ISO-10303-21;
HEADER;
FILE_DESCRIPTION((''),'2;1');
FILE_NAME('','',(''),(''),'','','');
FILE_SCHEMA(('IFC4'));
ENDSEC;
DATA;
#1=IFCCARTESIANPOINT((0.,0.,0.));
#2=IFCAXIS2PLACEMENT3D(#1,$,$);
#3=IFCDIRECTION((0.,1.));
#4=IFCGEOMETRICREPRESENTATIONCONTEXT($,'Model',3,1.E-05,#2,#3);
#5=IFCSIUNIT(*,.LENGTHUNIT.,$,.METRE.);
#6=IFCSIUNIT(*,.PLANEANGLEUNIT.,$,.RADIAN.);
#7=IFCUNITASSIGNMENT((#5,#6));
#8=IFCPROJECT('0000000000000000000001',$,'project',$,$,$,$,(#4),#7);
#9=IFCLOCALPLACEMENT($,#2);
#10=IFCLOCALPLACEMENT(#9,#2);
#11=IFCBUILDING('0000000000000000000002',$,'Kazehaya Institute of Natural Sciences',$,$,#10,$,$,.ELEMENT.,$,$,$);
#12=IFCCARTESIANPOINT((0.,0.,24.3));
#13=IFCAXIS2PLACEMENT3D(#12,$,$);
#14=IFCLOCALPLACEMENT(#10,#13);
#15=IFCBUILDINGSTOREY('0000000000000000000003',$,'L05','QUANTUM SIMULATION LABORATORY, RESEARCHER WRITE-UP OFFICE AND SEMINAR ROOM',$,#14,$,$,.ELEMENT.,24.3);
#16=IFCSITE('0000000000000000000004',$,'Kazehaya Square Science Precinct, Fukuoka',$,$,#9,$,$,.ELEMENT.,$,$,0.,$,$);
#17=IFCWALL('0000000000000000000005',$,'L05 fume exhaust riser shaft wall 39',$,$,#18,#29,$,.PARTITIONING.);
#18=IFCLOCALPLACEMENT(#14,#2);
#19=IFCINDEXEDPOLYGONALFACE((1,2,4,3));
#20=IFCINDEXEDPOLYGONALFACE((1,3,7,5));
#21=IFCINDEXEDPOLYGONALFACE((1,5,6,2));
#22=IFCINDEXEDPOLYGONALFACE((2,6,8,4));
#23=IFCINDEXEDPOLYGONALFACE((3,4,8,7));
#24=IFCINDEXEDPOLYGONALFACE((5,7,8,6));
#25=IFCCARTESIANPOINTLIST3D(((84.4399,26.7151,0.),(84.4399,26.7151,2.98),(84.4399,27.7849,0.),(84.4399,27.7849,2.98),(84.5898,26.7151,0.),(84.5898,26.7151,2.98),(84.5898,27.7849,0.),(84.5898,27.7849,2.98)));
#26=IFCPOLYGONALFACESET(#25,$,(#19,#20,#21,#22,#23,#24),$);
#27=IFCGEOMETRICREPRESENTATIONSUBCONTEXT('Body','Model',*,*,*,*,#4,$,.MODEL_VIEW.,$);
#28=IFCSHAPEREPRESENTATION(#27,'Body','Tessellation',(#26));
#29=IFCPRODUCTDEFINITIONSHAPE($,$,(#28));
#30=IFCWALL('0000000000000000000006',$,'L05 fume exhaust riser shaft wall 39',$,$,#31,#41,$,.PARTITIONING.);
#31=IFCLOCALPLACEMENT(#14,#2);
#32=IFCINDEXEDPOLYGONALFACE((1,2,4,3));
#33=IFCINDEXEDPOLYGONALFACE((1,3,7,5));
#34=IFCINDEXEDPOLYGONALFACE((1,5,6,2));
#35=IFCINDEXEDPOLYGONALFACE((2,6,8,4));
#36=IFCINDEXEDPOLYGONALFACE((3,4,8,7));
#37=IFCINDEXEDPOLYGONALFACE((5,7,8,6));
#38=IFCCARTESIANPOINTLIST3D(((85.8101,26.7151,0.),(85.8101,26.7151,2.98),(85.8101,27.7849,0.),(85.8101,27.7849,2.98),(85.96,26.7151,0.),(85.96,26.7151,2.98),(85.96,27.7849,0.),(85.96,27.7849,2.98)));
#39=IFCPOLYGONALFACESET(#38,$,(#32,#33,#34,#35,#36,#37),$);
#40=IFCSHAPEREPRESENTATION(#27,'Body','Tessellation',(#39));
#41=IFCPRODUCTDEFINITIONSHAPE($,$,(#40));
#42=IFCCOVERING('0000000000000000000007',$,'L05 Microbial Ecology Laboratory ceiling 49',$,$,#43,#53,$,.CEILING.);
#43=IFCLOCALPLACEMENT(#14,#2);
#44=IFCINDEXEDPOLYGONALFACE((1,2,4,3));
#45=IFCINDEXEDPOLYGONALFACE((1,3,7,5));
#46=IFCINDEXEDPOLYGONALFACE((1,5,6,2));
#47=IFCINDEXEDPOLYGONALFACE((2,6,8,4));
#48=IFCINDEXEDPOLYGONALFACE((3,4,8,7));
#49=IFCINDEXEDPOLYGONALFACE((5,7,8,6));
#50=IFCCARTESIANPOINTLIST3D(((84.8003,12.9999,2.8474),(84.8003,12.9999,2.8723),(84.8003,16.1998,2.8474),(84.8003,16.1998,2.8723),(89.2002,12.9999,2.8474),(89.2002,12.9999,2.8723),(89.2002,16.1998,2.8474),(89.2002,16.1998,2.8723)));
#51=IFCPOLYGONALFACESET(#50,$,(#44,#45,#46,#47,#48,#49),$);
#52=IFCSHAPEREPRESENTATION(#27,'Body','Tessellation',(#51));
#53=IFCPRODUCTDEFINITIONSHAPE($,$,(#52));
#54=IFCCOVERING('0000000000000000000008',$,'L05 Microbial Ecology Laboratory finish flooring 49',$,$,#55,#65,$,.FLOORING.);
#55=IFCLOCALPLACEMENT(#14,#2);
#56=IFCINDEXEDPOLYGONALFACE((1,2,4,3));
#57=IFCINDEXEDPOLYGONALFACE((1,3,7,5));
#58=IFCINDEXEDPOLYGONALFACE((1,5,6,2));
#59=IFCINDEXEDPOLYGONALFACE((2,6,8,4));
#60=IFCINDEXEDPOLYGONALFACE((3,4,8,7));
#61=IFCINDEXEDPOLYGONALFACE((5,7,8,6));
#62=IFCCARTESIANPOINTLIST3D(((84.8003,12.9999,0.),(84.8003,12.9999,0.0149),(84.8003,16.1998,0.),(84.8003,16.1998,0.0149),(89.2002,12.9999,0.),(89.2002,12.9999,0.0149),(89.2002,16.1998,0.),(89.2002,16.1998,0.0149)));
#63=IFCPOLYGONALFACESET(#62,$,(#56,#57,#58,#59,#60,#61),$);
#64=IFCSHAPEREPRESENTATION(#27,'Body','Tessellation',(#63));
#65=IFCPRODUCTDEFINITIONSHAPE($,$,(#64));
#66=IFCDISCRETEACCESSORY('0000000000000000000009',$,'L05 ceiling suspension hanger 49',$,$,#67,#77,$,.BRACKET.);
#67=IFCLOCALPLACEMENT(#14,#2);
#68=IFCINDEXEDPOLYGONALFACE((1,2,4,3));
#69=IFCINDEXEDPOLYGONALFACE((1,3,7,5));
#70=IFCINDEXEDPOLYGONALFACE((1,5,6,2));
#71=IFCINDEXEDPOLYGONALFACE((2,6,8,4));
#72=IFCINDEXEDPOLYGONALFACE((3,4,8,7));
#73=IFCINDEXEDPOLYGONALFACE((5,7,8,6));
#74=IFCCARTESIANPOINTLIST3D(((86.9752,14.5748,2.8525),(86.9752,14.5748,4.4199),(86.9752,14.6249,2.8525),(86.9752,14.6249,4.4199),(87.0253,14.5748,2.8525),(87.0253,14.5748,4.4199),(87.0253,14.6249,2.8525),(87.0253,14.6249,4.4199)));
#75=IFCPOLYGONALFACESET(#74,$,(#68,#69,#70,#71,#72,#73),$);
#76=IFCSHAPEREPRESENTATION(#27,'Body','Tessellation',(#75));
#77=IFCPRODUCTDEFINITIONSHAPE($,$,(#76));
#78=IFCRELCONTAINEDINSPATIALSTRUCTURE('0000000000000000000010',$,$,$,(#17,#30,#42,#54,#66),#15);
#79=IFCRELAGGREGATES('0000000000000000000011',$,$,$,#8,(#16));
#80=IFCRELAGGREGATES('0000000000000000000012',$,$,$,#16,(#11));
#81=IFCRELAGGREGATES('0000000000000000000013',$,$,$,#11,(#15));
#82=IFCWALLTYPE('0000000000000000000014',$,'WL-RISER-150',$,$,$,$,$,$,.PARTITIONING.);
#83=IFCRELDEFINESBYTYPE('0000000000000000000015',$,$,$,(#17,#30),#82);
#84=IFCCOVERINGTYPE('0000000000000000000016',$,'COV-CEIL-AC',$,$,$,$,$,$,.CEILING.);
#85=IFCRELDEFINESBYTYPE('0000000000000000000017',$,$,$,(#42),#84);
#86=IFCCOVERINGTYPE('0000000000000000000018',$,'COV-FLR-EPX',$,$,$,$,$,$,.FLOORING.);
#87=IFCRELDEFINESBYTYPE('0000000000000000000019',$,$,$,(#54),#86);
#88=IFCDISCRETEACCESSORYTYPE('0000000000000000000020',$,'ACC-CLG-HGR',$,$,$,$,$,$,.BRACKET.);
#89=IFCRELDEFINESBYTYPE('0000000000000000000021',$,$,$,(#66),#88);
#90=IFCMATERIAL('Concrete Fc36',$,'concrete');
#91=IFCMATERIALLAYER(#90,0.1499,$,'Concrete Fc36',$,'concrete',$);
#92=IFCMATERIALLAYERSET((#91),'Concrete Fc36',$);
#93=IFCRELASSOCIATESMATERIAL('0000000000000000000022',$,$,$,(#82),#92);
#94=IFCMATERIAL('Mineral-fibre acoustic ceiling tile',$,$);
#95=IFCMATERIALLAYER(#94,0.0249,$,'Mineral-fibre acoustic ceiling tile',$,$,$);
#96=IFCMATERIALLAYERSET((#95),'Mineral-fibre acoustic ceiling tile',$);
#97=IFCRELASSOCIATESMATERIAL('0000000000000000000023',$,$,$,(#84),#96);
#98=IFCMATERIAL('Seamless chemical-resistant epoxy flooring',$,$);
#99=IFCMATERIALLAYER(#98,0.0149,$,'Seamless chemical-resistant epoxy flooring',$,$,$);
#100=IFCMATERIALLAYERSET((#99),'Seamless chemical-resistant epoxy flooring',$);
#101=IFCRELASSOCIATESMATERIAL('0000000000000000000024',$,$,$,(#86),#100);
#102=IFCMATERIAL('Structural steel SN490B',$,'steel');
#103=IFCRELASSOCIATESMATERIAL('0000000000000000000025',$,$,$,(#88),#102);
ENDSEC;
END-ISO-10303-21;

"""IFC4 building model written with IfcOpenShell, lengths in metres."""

from ifc_helpers import new_model, si_unit, direction, frame, frame_2d, origin, origin_2d, place, context, subcontext, project, spatial, rectangle, extrude, material, layer, layer_set, type_object, element, save


model = new_model("IFC4")

# Units and contexts
model_context = context("Model", 3, precision=1e-05, world=origin(), true_north=direction((0.0, 1.0)))
body_context = subcontext(model_context, "Body", "Model", "MODEL_VIEW")
ifc_project = project(units=[si_unit("LENGTHUNIT", "METRE"), si_unit("PLANEANGLEUNIT", "RADIAN")], contexts=[model_context])

# Site, building, storey
site_placement = place(None, origin())
site = spatial("IfcSite", under=ifc_project, at=site_placement, Name="Kazehaya Square Science Precinct, Fukuoka", CompositionType="ELEMENT", RefElevation=0.0)
building_placement = place(site_placement, origin())
building = spatial("IfcBuilding", under=site, at=building_placement, Name="Kazehaya Institute of Natural Sciences", CompositionType="ELEMENT")
storey_placement = place(building_placement, frame((0.0, 0.0, 24.3)))
storey = spatial("IfcBuildingStorey", under=building, at=storey_placement, Name="L05", Description="QUANTUM SIMULATION LABORATORY, RESEARCHER WRITE-UP OFFICE AND SEMINAR ROOM", CompositionType="ELEMENT", Elevation=24.3)

# Shared definitions
ifc_material_1 = material(Name="Concrete Fc36", Category="concrete")

# Walls
ifc_layer_1 = layer(ifc_material_1, 0.1499, Name="Concrete Fc36", Category="concrete")
ifc_layer_set_1 = layer_set([ifc_layer_1], Name="Concrete Fc36")
wall_type_1 = type_object("IfcWallType", Name="WL-RISER-150", PredefinedType="PARTITIONING", material=ifc_layer_set_1)
for number, where, z_axis, x_axis, name in (
    (1, (84.5149, 26.7151, 0.0), (0.0, 0.0, 1.0), (0.0, 1.0, 0.0), "L05 fume exhaust riser shaft wall 39"),
    (2, (85.885, 27.7849, 0.0), (0.0, 0.0, 1.0), (0.0, -1.0, 0.0), "L05 fume exhaust riser shaft wall 39"),
):
    element("IfcWall", number, at=place(storey_placement, frame(where, z_axis=z_axis, x_axis=x_axis)), inside=storey, type_object=wall_type_1, Name=name, PredefinedType="PARTITIONING", context=body_context, shape_type="SweptSolid", body=[
        extrude(rectangle(XDim=1.0698, YDim=0.1499, at=frame_2d((0.5349, 0.0))), origin(), (0.0, 0.0, 1.0), 2.98),
    ])

# Coverings
ifc_material_2 = material(Name="Mineral-fibre acoustic ceiling tile")
ifc_layer_2 = layer(ifc_material_2, 0.0249, Name="Mineral-fibre acoustic ceiling tile")
ifc_layer_set_2 = layer_set([ifc_layer_2], Name="Mineral-fibre acoustic ceiling tile")
covering_type_1 = type_object("IfcCoveringType", Name="COV-CEIL-AC", PredefinedType="CEILING", material=ifc_layer_set_2)
covering_1_placement = place(storey_placement, frame((87.0002, 14.5999, 2.8474), z_axis=(0.0, 0.0, 1.0), x_axis=(1.0, 0.0, 0.0)))
element("IfcCovering", 3, at=covering_1_placement, inside=storey, type_object=covering_type_1, Name="L05 Microbial Ecology Laboratory ceiling 49", PredefinedType="CEILING", context=body_context, shape_type="SweptSolid", body=[
    extrude(rectangle(XDim=4.3999, YDim=3.2, at=origin_2d()), origin(), (0.0, 0.0, 1.0), 0.0249),
])
ifc_material_3 = material(Name="Seamless chemical-resistant epoxy flooring")
ifc_layer_3 = layer(ifc_material_3, 0.0149, Name="Seamless chemical-resistant epoxy flooring")
ifc_layer_set_3 = layer_set([ifc_layer_3], Name="Seamless chemical-resistant epoxy flooring")
covering_type_2 = type_object("IfcCoveringType", Name="COV-FLR-EPX", PredefinedType="FLOORING", material=ifc_layer_set_3)
covering_2_placement = place(storey_placement, frame((87.0002, 14.5999, 0.0), z_axis=(0.0, 0.0, 1.0), x_axis=(1.0, 0.0, 0.0)))
element("IfcCovering", 4, at=covering_2_placement, inside=storey, type_object=covering_type_2, Name="L05 Microbial Ecology Laboratory finish flooring 49", PredefinedType="FLOORING", context=body_context, shape_type="SweptSolid", body=[
    extrude(rectangle(XDim=4.3999, YDim=3.2, at=origin_2d()), origin(), (0.0, 0.0, 1.0), 0.0149),
])

# Discrete accessory
ifc_material_4 = material(Name="Structural steel SN490B", Category="steel")
discrete_accessory_type = type_object("IfcDiscreteAccessoryType", Name="ACC-CLG-HGR", PredefinedType="BRACKET", material=ifc_material_4)
discrete_accessory_placement = place(storey_placement, frame((87.0002, 14.5999, 2.8525), z_axis=(0.0, 0.0, 1.0), x_axis=(1.0, 0.0, 0.0)))
element("IfcDiscreteAccessory", 5, at=discrete_accessory_placement, inside=storey, type_object=discrete_accessory_type, Name="L05 ceiling suspension hanger 49", PredefinedType="BRACKET", context=body_context, shape_type="SweptSolid", body=[
    extrude(rectangle(XDim=0.05, YDim=0.05, at=origin_2d()), origin(), (0.0, 0.0, 1.0), 1.5674),
])

save(model, "model.ifc")
